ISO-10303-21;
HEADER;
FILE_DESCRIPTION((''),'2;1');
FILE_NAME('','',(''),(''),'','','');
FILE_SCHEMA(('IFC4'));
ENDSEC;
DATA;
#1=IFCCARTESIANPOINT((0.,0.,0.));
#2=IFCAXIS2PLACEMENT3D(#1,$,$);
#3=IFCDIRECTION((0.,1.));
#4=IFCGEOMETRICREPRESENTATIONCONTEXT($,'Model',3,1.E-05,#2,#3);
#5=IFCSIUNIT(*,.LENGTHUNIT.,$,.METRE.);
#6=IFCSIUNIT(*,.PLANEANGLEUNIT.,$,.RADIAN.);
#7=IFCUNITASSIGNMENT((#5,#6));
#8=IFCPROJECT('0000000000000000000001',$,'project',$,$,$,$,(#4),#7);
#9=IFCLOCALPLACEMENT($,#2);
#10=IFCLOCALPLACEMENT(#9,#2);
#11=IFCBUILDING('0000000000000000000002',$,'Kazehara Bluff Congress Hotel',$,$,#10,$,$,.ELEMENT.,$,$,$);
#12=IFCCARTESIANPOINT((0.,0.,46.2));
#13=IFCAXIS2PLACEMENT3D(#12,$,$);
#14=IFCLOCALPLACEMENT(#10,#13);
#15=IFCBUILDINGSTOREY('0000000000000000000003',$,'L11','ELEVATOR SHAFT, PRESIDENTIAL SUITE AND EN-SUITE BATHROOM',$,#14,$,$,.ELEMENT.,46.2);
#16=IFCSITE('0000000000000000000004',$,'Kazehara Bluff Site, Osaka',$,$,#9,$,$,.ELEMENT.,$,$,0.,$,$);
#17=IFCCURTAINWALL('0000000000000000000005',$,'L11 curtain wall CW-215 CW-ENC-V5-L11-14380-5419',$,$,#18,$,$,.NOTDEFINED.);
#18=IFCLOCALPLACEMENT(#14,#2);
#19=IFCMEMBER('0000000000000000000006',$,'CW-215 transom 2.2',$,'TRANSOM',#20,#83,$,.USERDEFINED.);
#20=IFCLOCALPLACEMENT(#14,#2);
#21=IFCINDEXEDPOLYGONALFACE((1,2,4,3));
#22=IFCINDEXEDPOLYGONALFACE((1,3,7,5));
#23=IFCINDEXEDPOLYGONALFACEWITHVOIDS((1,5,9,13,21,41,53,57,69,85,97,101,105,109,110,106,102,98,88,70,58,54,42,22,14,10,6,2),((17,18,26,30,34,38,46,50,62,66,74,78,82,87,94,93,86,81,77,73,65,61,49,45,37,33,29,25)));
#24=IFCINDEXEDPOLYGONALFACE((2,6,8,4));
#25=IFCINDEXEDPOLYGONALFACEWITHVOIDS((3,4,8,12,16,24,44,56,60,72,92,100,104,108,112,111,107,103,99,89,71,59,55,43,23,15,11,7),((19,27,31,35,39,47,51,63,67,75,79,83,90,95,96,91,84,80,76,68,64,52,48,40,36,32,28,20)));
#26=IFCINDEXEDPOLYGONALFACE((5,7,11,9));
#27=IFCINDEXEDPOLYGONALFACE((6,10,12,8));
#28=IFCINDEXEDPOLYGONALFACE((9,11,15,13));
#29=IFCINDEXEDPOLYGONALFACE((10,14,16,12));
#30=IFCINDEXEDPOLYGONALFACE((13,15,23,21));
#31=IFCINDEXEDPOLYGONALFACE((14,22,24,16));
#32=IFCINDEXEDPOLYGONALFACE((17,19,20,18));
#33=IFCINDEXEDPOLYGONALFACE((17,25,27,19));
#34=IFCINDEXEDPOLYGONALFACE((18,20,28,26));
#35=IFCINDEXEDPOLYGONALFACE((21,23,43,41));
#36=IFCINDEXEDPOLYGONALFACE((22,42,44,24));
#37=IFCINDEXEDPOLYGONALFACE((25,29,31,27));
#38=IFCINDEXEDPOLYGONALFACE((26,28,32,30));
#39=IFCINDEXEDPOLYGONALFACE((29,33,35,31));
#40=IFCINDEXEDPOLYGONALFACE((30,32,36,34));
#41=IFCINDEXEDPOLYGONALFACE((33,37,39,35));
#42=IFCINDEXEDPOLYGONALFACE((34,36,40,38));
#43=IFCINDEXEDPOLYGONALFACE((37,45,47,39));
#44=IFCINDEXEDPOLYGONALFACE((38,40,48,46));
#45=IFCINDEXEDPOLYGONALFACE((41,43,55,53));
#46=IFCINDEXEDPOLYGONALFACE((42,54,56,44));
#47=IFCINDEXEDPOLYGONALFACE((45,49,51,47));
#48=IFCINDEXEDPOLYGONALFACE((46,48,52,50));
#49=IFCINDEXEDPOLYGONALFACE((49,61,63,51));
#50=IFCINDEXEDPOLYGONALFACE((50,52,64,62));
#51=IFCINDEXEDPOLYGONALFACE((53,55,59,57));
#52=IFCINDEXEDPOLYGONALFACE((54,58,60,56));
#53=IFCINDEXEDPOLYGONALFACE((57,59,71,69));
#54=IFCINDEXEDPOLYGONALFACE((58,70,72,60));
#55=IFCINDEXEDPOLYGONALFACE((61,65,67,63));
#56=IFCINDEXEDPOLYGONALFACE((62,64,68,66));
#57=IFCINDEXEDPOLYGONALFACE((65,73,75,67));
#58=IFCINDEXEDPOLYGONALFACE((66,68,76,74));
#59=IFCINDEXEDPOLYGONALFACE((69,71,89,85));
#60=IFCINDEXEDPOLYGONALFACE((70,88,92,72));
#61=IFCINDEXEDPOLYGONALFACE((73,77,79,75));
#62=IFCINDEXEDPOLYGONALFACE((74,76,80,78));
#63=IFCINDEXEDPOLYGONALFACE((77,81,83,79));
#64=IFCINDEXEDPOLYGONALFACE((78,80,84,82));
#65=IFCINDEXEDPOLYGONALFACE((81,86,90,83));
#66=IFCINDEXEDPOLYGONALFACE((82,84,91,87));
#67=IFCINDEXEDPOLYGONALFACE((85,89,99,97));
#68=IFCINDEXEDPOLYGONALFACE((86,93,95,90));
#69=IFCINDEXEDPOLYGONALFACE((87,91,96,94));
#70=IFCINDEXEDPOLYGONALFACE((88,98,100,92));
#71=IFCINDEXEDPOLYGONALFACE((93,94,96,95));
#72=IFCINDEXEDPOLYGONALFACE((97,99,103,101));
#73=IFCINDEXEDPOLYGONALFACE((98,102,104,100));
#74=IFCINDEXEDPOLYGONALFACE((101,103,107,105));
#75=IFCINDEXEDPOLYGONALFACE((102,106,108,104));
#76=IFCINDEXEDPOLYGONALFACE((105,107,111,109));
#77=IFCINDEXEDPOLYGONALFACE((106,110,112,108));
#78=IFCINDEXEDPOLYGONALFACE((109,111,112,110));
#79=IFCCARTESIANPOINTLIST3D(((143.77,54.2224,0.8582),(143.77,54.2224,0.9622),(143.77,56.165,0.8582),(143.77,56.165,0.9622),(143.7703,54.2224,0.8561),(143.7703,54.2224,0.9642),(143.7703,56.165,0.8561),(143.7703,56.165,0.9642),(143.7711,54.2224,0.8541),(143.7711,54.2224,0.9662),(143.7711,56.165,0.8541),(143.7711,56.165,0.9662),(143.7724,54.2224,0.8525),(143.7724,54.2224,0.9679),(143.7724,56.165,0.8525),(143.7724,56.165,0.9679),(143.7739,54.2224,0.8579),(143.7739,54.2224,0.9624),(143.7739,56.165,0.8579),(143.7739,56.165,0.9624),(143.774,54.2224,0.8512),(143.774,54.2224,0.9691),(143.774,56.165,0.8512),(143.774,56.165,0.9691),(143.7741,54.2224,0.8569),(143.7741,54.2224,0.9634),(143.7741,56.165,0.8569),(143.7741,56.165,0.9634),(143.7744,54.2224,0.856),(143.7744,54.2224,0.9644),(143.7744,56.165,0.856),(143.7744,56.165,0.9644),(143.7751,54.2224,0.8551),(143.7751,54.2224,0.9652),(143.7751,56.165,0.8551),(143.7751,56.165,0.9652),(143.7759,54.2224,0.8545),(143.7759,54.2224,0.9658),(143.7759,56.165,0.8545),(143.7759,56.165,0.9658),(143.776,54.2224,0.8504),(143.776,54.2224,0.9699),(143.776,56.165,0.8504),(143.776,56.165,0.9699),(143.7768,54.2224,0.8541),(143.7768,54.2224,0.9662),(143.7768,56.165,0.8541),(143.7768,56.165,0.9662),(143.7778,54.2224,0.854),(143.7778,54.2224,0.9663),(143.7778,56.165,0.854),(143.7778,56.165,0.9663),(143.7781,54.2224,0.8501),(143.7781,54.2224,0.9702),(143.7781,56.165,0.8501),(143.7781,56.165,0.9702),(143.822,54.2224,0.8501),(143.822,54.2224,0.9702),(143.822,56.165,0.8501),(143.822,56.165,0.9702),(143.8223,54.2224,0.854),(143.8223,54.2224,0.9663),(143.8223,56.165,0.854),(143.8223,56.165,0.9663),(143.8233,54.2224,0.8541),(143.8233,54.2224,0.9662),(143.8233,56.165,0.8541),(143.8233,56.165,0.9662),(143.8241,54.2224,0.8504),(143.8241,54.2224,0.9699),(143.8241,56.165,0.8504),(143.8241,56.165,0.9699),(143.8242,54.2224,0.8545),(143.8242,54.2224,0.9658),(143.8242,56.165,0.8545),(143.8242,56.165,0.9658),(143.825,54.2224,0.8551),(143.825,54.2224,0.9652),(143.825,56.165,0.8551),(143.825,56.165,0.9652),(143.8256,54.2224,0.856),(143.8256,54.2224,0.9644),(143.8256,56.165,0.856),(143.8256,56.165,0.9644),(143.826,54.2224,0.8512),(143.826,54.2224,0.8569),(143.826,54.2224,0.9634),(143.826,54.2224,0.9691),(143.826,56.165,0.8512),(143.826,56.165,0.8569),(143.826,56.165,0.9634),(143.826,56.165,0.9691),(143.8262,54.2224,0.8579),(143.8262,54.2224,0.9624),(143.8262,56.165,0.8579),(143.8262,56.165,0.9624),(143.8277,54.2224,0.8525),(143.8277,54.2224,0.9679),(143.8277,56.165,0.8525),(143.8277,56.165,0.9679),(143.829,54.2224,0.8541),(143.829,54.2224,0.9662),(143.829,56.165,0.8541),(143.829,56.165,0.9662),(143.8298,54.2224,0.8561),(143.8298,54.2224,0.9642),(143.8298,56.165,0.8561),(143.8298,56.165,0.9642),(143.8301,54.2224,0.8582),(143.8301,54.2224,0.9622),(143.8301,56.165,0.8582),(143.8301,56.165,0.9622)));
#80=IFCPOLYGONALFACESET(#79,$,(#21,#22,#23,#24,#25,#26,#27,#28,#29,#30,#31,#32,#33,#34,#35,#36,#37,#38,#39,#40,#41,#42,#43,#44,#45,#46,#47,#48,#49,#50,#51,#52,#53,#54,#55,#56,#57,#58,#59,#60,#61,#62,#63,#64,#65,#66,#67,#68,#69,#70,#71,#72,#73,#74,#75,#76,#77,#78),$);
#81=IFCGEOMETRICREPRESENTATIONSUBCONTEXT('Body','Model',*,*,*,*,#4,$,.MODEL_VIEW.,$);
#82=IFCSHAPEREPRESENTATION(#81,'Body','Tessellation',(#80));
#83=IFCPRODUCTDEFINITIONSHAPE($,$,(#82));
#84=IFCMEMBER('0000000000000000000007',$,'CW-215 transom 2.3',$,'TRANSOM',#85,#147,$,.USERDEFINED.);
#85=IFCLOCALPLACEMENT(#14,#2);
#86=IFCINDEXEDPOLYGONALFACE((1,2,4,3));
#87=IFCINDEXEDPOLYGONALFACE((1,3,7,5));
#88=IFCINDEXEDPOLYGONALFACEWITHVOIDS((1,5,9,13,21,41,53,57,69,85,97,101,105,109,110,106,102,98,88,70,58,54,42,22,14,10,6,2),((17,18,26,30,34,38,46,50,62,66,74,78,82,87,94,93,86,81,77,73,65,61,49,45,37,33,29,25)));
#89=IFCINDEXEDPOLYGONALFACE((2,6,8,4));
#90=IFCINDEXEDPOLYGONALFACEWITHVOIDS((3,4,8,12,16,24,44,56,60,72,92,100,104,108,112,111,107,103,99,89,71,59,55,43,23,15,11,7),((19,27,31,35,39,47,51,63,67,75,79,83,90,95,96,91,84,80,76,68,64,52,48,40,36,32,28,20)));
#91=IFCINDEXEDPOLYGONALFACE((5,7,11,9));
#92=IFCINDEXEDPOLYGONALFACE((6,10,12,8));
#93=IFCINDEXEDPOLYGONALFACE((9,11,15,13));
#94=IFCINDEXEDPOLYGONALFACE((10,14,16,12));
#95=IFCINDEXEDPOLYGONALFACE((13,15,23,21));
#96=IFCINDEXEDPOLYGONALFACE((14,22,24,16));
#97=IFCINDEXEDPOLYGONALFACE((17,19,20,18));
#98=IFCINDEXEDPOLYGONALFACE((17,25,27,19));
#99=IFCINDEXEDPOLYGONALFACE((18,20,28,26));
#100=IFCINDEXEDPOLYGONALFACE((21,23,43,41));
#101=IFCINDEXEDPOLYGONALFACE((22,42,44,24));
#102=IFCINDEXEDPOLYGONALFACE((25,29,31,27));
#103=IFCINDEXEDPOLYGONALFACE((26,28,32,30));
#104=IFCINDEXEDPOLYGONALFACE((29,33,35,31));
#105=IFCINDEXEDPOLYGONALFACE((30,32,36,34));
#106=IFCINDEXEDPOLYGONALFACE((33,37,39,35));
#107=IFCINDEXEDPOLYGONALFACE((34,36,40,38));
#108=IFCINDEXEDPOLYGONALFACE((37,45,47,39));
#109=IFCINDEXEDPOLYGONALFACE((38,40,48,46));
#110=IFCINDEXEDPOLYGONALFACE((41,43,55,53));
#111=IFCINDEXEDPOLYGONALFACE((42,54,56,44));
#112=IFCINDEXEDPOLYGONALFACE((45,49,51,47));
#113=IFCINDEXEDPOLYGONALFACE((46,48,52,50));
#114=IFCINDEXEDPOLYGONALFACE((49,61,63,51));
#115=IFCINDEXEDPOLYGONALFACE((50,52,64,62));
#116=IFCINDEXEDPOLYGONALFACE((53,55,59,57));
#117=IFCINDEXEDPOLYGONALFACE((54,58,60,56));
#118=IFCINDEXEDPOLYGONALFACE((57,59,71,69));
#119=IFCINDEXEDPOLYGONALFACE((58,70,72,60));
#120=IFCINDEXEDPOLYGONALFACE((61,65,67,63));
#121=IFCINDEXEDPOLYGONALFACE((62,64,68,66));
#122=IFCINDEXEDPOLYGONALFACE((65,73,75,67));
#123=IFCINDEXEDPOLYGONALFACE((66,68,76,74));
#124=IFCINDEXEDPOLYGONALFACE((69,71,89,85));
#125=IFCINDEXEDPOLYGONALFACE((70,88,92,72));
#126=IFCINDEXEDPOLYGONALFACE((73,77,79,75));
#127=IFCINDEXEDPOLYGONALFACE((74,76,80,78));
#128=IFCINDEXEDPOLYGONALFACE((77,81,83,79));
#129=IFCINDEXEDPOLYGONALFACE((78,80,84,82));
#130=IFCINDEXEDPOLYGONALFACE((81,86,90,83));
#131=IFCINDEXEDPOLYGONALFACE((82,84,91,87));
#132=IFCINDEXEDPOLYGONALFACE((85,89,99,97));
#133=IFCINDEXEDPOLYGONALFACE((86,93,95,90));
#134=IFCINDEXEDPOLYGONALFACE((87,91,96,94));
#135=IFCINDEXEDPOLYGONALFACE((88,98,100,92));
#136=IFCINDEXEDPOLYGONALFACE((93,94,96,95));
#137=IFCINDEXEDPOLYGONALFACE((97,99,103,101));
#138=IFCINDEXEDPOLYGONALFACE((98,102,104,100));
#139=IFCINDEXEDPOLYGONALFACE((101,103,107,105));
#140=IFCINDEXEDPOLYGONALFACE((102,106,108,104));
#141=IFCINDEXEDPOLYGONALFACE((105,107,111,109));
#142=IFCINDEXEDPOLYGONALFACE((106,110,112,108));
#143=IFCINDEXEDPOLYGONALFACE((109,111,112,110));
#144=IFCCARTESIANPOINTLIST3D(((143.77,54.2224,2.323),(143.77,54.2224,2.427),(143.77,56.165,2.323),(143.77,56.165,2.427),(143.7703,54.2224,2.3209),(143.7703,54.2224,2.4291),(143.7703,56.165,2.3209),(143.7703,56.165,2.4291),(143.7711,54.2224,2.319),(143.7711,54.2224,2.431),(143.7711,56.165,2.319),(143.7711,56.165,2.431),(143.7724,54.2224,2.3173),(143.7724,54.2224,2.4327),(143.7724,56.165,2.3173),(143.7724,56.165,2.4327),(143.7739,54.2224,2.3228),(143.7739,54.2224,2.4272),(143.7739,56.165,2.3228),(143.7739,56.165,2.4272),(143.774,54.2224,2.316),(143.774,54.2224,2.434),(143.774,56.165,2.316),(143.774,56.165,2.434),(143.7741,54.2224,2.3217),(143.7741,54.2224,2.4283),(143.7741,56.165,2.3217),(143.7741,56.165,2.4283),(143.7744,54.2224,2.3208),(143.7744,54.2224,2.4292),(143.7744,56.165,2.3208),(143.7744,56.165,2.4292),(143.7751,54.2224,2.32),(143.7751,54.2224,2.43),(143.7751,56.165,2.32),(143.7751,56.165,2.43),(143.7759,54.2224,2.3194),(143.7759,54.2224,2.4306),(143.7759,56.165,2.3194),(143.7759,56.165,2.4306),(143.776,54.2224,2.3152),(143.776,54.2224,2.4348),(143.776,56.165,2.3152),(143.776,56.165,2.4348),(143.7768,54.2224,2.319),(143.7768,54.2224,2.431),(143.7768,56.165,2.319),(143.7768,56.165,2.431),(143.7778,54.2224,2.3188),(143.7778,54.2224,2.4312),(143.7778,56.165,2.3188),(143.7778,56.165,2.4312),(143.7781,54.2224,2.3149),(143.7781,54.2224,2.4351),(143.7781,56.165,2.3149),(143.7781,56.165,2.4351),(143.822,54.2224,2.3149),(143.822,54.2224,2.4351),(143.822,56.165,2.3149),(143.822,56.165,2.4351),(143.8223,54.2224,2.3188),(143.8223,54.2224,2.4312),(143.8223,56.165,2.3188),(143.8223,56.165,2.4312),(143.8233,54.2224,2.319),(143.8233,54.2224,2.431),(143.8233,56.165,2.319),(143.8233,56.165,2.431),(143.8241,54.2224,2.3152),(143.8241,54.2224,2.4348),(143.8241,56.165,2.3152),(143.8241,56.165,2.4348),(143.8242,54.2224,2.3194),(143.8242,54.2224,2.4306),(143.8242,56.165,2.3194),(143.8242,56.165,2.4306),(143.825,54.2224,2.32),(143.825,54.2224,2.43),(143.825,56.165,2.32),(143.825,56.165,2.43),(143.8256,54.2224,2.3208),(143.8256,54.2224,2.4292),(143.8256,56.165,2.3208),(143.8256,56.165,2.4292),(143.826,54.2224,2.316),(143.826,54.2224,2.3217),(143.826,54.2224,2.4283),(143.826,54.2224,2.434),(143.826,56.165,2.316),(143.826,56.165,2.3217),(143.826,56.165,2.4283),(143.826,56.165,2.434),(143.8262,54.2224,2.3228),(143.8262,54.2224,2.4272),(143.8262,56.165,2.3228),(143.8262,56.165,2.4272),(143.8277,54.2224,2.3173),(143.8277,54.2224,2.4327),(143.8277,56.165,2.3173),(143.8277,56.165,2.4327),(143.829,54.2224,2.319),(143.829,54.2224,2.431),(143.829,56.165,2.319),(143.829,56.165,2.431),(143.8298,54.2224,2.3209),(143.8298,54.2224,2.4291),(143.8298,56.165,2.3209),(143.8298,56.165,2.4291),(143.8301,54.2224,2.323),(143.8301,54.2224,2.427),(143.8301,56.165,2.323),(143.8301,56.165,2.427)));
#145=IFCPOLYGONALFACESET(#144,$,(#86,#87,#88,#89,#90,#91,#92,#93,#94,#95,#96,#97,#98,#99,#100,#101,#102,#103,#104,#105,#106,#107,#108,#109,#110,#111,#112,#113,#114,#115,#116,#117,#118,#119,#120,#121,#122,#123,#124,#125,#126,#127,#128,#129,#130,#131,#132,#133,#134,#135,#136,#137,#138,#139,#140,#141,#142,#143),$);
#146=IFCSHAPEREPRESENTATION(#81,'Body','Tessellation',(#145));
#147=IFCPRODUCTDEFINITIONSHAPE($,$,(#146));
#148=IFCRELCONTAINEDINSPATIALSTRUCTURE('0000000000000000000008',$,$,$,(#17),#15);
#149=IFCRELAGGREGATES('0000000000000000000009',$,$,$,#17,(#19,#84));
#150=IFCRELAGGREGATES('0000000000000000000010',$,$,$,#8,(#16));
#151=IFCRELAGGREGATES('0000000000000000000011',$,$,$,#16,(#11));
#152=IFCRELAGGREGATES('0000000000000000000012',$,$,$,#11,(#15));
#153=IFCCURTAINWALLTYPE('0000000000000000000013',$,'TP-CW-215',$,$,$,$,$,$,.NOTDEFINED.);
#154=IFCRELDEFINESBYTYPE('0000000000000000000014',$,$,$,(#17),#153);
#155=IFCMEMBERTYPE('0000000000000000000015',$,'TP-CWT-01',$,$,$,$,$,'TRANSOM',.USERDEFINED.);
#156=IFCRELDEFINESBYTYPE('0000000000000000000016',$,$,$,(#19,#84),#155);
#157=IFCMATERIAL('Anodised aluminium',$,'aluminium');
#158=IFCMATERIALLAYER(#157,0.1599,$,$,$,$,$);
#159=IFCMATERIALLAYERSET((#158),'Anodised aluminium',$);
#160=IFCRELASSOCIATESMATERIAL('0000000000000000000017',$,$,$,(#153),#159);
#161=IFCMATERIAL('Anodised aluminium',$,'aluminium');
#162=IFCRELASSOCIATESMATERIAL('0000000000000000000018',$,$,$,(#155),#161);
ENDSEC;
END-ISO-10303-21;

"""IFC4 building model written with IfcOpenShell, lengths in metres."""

from ifc_helpers import new_model, si_unit, direction, frame, origin, origin_2d, place, context, subcontext, project, spatial, hollow_rectangle, extrude, material, layer, layer_set, material_profile, profile_set, type_object, element, aggregate, save


model = new_model("IFC4")

# Units and contexts
model_context = context("Model", 3, precision=1e-05, world=origin(), true_north=direction((0.0, 1.0)))
body_context = subcontext(model_context, "Body", "Model", "MODEL_VIEW")
ifc_project = project(units=[si_unit("LENGTHUNIT", "METRE"), si_unit("PLANEANGLEUNIT", "RADIAN")], contexts=[model_context])

# Site, building, storey
site_placement = place(None, origin())
site = spatial("IfcSite", under=ifc_project, at=site_placement, Name="Kazehara Bluff Site, Osaka", CompositionType="ELEMENT", RefElevation=0.0)
building_placement = place(site_placement, origin())
building = spatial("IfcBuilding", under=site, at=building_placement, Name="Kazehara Bluff Congress Hotel", CompositionType="ELEMENT")
storey_placement = place(building_placement, frame((0.0, 0.0, 46.2)))
storey = spatial("IfcBuildingStorey", under=building, at=storey_placement, Name="L11", Description="ELEVATOR SHAFT, PRESIDENTIAL SUITE AND EN-SUITE BATHROOM", CompositionType="ELEMENT", Elevation=46.2)

# Curtain wall
ifc_material_1 = material(Name="Anodised aluminium", Category="aluminium")
ifc_layer_1 = layer(ifc_material_1, 0.1599)
ifc_layer_set_1 = layer_set([ifc_layer_1], Name="Anodised aluminium")
curtain_wall_type_1 = type_object("IfcCurtainWallType", Name="TP-CW-215", PredefinedType="NOTDEFINED", material=ifc_layer_set_1)
curtain_wall_1_placement = place(storey_placement, origin())
curtain_wall_1 = element("IfcCurtainWall", 1, at=curtain_wall_1_placement, inside=storey, type_object=curtain_wall_type_1, Name="L11 curtain wall CW-215 CW-ENC-V5-L11-14380-5419", PredefinedType="NOTDEFINED")

# Members
ifc_material_2 = material(Name="Anodised aluminium", Category="aluminium")
ifc_material_profile_1 = material_profile(ifc_material_2, hollow_rectangle(XDim=0.0601, YDim=0.1201, WallThickness=0.0039, InnerFilletRadius=0.0039, OuterFilletRadius=0.0081, at=origin_2d()))
ifc_profile_set_1 = profile_set([ifc_material_profile_1], Name="Anodised aluminium")
member_type_1 = type_object("IfcMemberType", Name="TP-CWT-01", ElementType="TRANSOM", PredefinedType="USERDEFINED", material=ifc_profile_set_1)
member_1_placement = place(storey_placement, frame((143.8, 54.2224, 0.9102), z_axis=(0.0, 1.0, 0.0), x_axis=(-1.0, 0.0, 0.0)))
member_1 = element("IfcMember", 2, at=member_1_placement, type_object=member_type_1, Name="CW-215 transom 2.2", ObjectType="TRANSOM", PredefinedType="USERDEFINED", context=body_context, shape_type="SweptSolid", body=[
    extrude(hollow_rectangle(XDim=0.0601, YDim=0.1201, WallThickness=0.0039, InnerFilletRadius=0.0039, OuterFilletRadius=0.0081, at=origin_2d()), origin(), (0.0, 0.0, 1.0), 1.9426),
])
member_2_placement = place(storey_placement, frame((143.8, 54.2224, 2.375), z_axis=(0.0, 1.0, 0.0), x_axis=(-1.0, 0.0, 0.0)))
member_2 = element("IfcMember", 3, at=member_2_placement, type_object=member_type_1, Name="CW-215 transom 2.3", ObjectType="TRANSOM", PredefinedType="USERDEFINED", context=body_context, shape_type="SweptSolid", body=[
    extrude(hollow_rectangle(XDim=0.0601, YDim=0.1201, WallThickness=0.0039, InnerFilletRadius=0.0039, OuterFilletRadius=0.0081, at=origin_2d()), origin(), (0.0, 0.0, 1.0), 1.9426),
])

aggregate(curtain_wall_1, [member_1, member_2])

save(model, "model.ifc")
